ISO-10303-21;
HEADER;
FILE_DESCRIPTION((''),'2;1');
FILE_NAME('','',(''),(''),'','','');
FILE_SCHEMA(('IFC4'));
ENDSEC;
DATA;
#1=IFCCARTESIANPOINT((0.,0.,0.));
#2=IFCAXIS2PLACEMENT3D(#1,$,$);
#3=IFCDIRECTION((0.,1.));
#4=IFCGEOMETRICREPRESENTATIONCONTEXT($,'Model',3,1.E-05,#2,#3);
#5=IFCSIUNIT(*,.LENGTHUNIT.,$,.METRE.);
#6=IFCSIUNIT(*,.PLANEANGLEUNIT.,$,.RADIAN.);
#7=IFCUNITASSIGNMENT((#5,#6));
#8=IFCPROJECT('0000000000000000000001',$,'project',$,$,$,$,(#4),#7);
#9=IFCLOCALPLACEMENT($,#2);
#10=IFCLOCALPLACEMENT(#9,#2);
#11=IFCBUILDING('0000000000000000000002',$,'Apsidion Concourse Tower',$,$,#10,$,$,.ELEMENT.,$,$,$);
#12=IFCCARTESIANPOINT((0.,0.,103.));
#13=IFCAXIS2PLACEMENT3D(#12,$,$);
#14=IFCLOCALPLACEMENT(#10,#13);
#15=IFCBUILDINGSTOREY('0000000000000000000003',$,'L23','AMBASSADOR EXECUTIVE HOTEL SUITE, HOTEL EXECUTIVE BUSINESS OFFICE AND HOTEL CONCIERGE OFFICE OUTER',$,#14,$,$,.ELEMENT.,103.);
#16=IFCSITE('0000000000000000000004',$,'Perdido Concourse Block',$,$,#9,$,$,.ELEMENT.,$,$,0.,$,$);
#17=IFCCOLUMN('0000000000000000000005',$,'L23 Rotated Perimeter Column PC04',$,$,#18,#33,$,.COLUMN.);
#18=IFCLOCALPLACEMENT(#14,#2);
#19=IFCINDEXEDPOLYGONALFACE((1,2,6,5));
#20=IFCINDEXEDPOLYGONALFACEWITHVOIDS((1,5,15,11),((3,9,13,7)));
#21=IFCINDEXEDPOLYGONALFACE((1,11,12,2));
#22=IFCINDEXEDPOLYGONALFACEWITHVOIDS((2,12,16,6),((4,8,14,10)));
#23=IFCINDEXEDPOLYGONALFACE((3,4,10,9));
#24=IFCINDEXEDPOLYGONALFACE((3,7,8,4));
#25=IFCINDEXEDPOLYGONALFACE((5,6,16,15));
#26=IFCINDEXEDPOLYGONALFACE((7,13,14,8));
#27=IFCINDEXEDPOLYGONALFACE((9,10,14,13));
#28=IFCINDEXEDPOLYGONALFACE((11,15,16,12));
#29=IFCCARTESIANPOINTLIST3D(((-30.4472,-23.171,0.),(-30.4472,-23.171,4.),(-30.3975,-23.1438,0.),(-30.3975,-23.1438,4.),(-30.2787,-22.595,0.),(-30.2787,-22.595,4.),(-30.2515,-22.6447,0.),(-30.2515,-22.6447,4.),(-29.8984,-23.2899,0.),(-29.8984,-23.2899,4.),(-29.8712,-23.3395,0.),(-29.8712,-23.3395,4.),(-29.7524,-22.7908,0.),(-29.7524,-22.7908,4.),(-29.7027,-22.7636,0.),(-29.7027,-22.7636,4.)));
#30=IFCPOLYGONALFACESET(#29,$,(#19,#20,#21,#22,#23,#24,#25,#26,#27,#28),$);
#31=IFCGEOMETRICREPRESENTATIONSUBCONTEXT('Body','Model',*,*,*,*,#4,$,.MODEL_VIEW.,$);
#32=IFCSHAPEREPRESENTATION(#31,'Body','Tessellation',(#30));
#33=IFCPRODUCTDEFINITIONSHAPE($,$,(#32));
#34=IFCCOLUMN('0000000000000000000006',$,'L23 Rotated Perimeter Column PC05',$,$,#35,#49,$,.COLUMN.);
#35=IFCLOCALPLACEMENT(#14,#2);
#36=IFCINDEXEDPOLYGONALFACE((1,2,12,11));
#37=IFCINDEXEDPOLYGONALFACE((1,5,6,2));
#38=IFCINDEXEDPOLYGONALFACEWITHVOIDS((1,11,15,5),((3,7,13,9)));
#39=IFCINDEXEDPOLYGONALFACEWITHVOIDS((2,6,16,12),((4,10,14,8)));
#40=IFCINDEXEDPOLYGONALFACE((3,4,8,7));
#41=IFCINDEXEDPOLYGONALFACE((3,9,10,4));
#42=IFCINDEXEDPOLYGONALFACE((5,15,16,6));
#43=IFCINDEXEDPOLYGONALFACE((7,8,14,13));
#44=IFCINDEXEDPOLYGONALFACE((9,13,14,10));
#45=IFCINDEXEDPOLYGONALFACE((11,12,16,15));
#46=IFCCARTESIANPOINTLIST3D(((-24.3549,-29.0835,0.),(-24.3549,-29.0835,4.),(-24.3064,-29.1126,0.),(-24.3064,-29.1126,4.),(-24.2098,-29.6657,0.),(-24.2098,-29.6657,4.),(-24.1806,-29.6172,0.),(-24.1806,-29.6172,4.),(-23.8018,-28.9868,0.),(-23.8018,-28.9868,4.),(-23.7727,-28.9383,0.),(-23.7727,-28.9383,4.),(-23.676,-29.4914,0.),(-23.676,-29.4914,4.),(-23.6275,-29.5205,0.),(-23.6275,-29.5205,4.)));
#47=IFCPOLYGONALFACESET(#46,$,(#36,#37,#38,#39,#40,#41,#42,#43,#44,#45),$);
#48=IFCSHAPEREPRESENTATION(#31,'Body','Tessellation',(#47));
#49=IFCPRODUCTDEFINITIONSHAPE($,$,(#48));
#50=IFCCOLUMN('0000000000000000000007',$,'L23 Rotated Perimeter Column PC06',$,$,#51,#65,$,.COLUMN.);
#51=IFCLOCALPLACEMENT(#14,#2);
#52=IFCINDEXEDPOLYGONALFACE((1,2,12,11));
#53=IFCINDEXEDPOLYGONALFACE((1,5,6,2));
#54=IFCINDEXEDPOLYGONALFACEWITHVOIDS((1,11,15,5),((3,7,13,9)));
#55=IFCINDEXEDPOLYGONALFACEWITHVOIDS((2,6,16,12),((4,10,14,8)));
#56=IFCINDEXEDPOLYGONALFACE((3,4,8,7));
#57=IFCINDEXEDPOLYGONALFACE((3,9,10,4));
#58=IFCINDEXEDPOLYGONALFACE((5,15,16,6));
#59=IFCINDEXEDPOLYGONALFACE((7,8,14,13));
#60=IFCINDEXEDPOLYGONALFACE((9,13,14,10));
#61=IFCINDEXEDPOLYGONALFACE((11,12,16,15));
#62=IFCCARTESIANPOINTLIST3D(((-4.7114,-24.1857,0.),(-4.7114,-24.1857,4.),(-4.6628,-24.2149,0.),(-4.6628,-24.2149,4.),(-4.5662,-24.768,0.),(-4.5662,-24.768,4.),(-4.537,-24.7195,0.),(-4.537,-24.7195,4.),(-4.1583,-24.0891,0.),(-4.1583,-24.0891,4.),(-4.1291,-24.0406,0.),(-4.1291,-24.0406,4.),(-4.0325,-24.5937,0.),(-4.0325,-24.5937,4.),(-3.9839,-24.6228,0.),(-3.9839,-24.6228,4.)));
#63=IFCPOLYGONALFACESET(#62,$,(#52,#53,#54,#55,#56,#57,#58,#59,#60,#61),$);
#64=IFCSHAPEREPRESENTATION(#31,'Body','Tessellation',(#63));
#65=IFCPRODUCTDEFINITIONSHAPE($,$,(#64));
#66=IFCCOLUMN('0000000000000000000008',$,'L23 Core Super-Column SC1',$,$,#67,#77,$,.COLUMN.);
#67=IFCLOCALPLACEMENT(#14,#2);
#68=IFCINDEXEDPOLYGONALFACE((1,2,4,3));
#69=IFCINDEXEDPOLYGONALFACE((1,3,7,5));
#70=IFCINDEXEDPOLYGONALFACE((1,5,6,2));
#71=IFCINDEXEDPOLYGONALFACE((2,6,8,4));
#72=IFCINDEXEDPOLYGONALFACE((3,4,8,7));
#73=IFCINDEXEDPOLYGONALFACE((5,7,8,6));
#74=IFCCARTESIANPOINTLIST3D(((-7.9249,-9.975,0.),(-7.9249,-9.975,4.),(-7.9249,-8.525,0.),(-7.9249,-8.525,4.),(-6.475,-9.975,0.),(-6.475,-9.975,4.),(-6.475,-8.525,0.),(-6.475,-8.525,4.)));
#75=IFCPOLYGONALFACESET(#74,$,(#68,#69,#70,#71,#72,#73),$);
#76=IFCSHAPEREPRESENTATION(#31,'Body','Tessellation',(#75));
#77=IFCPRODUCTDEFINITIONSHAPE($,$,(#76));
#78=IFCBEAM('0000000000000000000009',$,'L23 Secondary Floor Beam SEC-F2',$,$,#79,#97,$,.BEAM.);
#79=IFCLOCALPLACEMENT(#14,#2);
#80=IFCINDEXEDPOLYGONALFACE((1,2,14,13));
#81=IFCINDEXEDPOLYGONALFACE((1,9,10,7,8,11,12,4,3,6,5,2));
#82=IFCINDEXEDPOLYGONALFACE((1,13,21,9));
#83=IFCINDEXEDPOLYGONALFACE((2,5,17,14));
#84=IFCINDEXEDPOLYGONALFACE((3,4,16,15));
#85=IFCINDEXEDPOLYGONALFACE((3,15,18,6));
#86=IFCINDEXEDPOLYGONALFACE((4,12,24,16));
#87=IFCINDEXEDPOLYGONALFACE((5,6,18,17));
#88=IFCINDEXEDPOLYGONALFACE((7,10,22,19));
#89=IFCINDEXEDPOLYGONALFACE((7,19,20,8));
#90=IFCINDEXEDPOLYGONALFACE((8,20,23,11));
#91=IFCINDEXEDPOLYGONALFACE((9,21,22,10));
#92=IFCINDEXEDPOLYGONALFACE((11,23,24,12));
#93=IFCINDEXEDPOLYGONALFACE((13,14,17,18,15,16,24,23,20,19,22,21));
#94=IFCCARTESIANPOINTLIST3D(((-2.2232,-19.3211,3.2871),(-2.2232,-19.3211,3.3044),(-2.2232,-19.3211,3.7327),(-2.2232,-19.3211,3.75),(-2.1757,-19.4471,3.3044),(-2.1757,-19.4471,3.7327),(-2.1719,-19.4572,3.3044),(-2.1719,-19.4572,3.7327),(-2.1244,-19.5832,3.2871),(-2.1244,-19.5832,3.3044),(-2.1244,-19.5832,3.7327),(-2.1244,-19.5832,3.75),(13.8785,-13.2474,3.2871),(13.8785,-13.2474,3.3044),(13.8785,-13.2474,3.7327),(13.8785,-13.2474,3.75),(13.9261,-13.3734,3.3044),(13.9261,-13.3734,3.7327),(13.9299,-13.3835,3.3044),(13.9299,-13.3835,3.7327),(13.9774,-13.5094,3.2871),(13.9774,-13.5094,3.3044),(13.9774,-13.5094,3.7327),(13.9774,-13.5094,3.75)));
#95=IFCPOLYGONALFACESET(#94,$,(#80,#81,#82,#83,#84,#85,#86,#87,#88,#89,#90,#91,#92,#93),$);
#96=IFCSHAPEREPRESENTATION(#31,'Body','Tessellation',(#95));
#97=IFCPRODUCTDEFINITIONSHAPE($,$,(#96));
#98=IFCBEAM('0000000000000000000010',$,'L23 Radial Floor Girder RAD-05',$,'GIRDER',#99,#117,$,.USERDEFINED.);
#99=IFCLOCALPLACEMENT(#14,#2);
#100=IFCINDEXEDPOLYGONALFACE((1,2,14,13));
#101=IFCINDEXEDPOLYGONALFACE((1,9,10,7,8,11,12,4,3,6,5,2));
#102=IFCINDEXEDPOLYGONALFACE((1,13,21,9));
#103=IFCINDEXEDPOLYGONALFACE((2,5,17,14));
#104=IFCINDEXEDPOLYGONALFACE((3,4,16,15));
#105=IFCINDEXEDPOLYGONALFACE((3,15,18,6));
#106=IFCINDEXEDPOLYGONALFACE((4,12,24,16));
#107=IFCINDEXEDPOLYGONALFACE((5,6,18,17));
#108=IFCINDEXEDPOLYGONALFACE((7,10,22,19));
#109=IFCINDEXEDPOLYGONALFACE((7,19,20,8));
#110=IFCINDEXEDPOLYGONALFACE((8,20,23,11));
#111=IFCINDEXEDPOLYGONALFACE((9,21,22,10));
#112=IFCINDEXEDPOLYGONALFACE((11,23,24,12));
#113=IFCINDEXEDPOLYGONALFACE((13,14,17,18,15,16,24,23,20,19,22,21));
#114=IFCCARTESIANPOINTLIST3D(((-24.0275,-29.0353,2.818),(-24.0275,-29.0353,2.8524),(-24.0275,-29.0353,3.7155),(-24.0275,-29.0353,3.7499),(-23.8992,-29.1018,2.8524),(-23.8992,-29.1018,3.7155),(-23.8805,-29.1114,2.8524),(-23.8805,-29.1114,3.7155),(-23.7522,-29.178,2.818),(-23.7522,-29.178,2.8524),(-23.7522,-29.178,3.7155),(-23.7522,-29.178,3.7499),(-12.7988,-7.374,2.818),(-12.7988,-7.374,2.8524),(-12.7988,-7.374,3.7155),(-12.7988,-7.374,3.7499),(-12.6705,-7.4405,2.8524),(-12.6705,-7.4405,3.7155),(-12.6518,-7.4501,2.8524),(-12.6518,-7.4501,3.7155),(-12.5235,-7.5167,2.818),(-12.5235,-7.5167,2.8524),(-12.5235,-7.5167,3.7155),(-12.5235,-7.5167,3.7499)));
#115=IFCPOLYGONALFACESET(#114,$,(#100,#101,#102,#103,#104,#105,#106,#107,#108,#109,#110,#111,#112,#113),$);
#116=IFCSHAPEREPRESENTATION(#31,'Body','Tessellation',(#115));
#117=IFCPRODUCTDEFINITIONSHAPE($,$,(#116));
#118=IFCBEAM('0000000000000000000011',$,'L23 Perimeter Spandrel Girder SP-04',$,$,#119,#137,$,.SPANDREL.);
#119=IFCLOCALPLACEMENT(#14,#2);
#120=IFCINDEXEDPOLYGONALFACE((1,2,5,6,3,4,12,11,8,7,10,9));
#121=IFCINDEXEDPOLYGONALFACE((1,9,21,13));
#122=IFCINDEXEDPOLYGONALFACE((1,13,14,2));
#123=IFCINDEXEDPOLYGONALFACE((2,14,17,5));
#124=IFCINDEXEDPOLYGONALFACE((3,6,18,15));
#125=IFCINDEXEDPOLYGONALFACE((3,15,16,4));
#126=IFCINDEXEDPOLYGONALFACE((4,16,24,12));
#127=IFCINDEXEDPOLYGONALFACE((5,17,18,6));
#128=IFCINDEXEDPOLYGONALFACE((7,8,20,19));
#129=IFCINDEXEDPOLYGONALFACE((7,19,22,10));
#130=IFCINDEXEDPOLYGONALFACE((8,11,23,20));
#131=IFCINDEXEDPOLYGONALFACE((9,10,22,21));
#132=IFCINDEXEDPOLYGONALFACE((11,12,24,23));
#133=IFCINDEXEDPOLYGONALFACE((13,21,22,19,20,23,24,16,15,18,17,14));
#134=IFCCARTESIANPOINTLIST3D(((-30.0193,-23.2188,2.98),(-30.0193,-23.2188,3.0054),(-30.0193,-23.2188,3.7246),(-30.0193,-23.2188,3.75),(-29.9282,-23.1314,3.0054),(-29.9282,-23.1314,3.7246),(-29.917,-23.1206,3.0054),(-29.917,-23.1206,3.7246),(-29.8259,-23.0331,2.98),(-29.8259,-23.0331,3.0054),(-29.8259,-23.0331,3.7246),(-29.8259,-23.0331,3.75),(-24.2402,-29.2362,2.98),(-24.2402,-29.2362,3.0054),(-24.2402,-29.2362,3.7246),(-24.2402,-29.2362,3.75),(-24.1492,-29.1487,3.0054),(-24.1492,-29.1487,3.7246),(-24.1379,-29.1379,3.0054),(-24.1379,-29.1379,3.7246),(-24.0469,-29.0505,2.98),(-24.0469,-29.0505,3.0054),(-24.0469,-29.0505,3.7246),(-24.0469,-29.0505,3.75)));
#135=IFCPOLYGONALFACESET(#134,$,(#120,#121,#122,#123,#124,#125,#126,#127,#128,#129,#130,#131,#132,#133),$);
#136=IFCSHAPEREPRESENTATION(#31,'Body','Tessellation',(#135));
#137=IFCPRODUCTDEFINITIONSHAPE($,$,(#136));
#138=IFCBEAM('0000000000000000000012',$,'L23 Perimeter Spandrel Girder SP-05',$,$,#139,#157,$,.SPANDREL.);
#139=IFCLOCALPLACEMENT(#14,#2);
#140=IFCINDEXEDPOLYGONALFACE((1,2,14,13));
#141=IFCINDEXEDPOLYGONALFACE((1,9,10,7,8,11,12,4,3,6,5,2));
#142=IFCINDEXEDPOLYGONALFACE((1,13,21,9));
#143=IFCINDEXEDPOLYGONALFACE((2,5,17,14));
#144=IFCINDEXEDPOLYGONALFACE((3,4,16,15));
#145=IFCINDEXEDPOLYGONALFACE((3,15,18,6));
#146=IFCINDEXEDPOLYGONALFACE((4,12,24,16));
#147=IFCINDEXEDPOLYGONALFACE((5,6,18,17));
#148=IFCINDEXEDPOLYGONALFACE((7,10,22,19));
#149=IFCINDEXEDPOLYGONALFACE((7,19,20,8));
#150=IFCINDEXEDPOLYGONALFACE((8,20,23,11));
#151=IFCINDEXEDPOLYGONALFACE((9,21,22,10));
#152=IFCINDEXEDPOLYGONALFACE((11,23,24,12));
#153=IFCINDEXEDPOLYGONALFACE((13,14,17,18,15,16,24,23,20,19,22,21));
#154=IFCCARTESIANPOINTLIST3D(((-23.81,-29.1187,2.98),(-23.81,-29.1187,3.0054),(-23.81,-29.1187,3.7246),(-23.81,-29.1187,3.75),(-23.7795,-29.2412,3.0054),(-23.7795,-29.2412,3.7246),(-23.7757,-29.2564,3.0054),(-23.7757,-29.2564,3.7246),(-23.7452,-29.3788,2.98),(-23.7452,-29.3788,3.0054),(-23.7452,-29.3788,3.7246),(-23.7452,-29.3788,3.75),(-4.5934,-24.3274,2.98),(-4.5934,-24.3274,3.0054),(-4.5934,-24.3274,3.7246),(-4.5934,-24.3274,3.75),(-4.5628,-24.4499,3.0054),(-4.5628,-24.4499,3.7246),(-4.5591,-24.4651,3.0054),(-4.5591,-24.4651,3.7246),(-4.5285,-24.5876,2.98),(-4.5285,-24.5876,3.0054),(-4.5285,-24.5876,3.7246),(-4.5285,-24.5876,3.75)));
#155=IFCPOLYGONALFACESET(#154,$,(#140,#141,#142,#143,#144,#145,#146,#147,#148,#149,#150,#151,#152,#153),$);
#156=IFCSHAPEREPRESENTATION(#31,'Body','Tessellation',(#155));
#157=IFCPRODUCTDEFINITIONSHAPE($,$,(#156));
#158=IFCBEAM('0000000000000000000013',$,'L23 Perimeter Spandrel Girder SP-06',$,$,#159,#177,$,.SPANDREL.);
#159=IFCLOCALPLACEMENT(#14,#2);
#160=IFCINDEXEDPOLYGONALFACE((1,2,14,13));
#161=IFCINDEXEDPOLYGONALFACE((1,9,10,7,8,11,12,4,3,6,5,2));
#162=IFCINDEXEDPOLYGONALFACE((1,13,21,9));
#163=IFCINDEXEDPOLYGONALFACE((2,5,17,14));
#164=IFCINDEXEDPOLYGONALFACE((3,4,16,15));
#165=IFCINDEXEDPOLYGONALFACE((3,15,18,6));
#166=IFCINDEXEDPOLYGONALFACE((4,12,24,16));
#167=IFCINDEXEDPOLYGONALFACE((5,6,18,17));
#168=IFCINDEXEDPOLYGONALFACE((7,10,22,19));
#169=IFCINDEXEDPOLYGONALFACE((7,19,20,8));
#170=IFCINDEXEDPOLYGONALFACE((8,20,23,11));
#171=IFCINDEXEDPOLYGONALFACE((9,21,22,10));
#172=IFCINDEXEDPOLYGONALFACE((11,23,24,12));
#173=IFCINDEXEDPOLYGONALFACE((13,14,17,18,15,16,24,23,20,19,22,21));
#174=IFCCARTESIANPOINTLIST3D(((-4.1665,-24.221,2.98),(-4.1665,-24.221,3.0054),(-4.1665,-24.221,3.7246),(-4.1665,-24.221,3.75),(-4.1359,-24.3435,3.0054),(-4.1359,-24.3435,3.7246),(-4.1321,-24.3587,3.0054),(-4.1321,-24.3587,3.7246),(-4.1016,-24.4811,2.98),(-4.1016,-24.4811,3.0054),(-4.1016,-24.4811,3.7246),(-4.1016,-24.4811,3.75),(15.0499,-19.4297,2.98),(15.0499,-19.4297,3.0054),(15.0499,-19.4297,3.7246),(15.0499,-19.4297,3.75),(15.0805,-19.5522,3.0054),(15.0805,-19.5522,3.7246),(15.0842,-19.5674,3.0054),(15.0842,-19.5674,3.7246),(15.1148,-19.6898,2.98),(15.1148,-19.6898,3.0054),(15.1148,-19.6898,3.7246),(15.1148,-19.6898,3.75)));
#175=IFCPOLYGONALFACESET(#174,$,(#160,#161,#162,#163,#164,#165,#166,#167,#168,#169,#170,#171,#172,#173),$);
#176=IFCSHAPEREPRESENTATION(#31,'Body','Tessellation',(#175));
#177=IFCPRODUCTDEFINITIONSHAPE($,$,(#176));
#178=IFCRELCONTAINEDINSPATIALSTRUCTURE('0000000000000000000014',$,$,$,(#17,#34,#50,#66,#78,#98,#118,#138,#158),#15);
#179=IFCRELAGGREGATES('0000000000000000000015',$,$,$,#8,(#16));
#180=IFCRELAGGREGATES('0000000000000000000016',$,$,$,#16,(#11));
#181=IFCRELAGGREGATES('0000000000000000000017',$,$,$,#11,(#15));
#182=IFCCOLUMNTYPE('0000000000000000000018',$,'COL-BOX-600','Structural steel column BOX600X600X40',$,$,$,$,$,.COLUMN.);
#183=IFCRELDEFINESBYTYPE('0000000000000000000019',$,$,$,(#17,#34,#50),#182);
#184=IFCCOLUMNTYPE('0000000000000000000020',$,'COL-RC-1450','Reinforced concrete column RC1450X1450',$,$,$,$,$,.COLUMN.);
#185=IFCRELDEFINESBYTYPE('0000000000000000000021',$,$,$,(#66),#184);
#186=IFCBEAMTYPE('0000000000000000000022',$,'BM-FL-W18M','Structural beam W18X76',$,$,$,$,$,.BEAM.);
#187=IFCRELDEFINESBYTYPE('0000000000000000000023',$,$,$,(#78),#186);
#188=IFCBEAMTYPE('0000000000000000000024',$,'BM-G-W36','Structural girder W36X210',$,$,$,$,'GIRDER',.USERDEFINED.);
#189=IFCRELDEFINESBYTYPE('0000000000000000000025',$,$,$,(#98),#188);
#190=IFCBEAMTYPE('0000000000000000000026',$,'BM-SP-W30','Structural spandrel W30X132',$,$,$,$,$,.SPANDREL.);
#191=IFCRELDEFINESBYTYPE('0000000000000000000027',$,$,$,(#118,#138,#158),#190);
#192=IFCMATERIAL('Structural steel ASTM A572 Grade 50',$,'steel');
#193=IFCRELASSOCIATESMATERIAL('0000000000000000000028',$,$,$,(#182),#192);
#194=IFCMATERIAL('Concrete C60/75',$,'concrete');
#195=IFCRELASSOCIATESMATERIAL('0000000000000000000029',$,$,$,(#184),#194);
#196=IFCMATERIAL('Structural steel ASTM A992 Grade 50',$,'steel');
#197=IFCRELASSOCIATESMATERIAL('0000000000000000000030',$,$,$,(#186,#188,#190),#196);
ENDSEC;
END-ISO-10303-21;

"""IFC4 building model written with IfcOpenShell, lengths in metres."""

from ifc_helpers import new_model, si_unit, direction, frame, origin, origin_2d, place, context, subcontext, project, spatial, rectangle, hollow_rectangle, i_section, extrude, material, material_profile, profile_set, type_object, element, save


model = new_model("IFC4")

# Units and contexts
model_context = context("Model", 3, precision=1e-05, world=origin(), true_north=direction((0.0, 1.0)))
body_context = subcontext(model_context, "Body", "Model", "MODEL_VIEW")
ifc_project = project(units=[si_unit("LENGTHUNIT", "METRE"), si_unit("PLANEANGLEUNIT", "RADIAN")], contexts=[model_context])

# Site, building, storey
site_placement = place(None, origin())
site = spatial("IfcSite", under=ifc_project, at=site_placement, Name="Perdido Concourse Block", CompositionType="ELEMENT", RefElevation=0.0)
building_placement = place(site_placement, origin())
building = spatial("IfcBuilding", under=site, at=building_placement, Name="Apsidion Concourse Tower", CompositionType="ELEMENT")
storey_placement = place(building_placement, frame((0.0, 0.0, 103.0)))
storey = spatial("IfcBuildingStorey", under=building, at=storey_placement, Name="L23", Description="AMBASSADOR EXECUTIVE HOTEL SUITE, HOTEL EXECUTIVE BUSINESS OFFICE AND HOTEL CONCIERGE OFFICE OUTER", CompositionType="ELEMENT", Elevation=103.0)

# Columns
ifc_material_1 = material(Name="Structural steel ASTM A572 Grade 50", Category="steel")
ifc_material_profile_1 = material_profile(ifc_material_1, hollow_rectangle(XDim=0.6001, YDim=0.6001, WallThickness=0.04, at=origin_2d()), Name="BOX600X600X40")
ifc_profile_set_1 = profile_set([ifc_material_profile_1], Name="Structural steel ASTM A572 Grade 50")
column_type_1 = type_object("IfcColumnType", Name="COL-BOX-600", Description="Structural steel column BOX600X600X40", PredefinedType="COLUMN", material=ifc_profile_set_1)
for number, where, z_axis, x_axis, name in (
    (1, (-30.075, -22.9673, 0.0), (0.0, 0.0, 1.0), (0.280834, 0.959756, 0.0), "L23 Rotated Perimeter Column PC04"),
    (2, (-23.9912, -29.302, 0.0), (0.0, 0.0, 1.0), (0.970296, 0.241922, 0.0), "L23 Rotated Perimeter Column PC05"),
    (3, (-4.3477, -24.4043, 0.0), (0.0, 0.0, 1.0), (0.970296, 0.241922, 0.0), "L23 Rotated Perimeter Column PC06"),
):
    element("IfcColumn", number, at=place(storey_placement, frame(where, z_axis=z_axis, x_axis=x_axis)), inside=storey, type_object=column_type_1, Name=name, PredefinedType="COLUMN", context=body_context, shape_type="SweptSolid", body=[
        extrude(hollow_rectangle(XDim=0.6001, YDim=0.6001, WallThickness=0.04, at=origin_2d()), origin(), (0.0, 0.0, 1.0), 4.0),
    ])
ifc_material_2 = material(Name="Concrete C60/75", Category="concrete")
ifc_material_profile_2 = material_profile(ifc_material_2, rectangle(XDim=1.45, YDim=1.45, at=origin_2d()), Name="RC 1450x1450")
ifc_profile_set_2 = profile_set([ifc_material_profile_2], Name="Concrete C60/75")
column_type_2 = type_object("IfcColumnType", Name="COL-RC-1450", Description="Reinforced concrete column RC1450X1450", PredefinedType="COLUMN", material=ifc_profile_set_2)
column_placement = place(storey_placement, frame((-7.2, -9.25, 0.0), z_axis=(0.0, 0.0, 1.0), x_axis=(1.0, 0.0, 0.0)))
element("IfcColumn", 4, at=column_placement, inside=storey, type_object=column_type_2, Name="L23 Core Super-Column SC1", PredefinedType="COLUMN", context=body_context, shape_type="SweptSolid", body=[
    extrude(rectangle(XDim=1.45, YDim=1.45, at=origin_2d()), origin(), (0.0, 0.0, 1.0), 4.0),
])

# Beams
ifc_material_3 = material(Name="Structural steel ASTM A992 Grade 50", Category="steel")
ifc_material_profile_3 = material_profile(ifc_material_3, i_section(OverallWidth=0.28, OverallDepth=0.4629, WebThickness=0.0107, FlangeThickness=0.0173, at=origin_2d()), Name="W18X76")
ifc_profile_set_3 = profile_set([ifc_material_profile_3], Name="Structural steel ASTM A992 Grade 50")
beam_type_1 = type_object("IfcBeamType", Name="BM-FL-W18M", Description="Structural beam W18X76", PredefinedType="BEAM", material=ifc_profile_set_3)
beam_1_placement = place(storey_placement, frame((-2.1738, -19.4521, 3.5186), z_axis=(0.935648, 0.352934, 0.0), x_axis=(-0.352934, 0.935648, 0.0)))
element("IfcBeam", 5, at=beam_1_placement, inside=storey, type_object=beam_type_1, Name="L23 Secondary Floor Beam SEC-F2", PredefinedType="BEAM", context=body_context, shape_type="SweptSolid", body=[
    extrude(i_section(OverallWidth=0.28, OverallDepth=0.4629, WebThickness=0.0107, FlangeThickness=0.0173, at=origin_2d()), origin(), (0.0, 0.0, 1.0), 17.2092),
])
ifc_material_profile_4 = material_profile(ifc_material_3, i_section(OverallWidth=0.3101, OverallDepth=0.9319, WebThickness=0.021, FlangeThickness=0.0344, at=origin_2d()), Name="W36X210")
ifc_profile_set_4 = profile_set([ifc_material_profile_4], Name="Structural steel ASTM A992 Grade 50")
beam_type_2 = type_object("IfcBeamType", Name="BM-G-W36", Description="Structural girder W36X210", ElementType="GIRDER", PredefinedType="USERDEFINED", material=ifc_profile_set_4)
beam_2_placement = place(storey_placement, frame((-12.6611, -7.4453, 3.2839), z_axis=(-0.460218, -0.887806, 0.0), x_axis=(0.887806, -0.460218, 0.0)))
element("IfcBeam", 6, at=beam_2_placement, inside=storey, type_object=beam_type_2, Name="L23 Radial Floor Girder RAD-05", ObjectType="GIRDER", PredefinedType="USERDEFINED", context=body_context, shape_type="SweptSolid", body=[
    extrude(i_section(OverallWidth=0.3101, OverallDepth=0.9319, WebThickness=0.021, FlangeThickness=0.0344, at=origin_2d()), origin(), (0.0, 0.0, 1.0), 24.3987),
])
ifc_material_profile_5 = material_profile(ifc_material_3, i_section(OverallWidth=0.2681, OverallDepth=0.77, WebThickness=0.0156, FlangeThickness=0.0254, at=origin_2d()), Name="W30X132")
ifc_profile_set_5 = profile_set([ifc_material_profile_5], Name="Structural steel ASTM A992 Grade 50")
beam_type_3 = type_object("IfcBeamType", Name="BM-SP-W30", Description="Structural spandrel W30X132", PredefinedType="SPANDREL", material=ifc_profile_set_5)
beam_3_placement = place(storey_placement, frame((-29.9226, -23.126, 3.365), z_axis=(0.692682, -0.721243, 0.0), x_axis=(0.721243, 0.692682, 0.0)))
element("IfcBeam", 7, at=beam_3_placement, inside=storey, type_object=beam_type_3, Name="L23 Perimeter Spandrel Girder SP-04", PredefinedType="SPANDREL", context=body_context, shape_type="SweptSolid", body=[
    extrude(i_section(OverallWidth=0.2681, OverallDepth=0.77, WebThickness=0.0156, FlangeThickness=0.0254, at=origin_2d()), origin(), (0.0, 0.0, 1.0), 8.343),
])
beam_4_placement = place(storey_placement, frame((-23.7776, -29.2488, 3.365), z_axis=(0.970295, 0.241924, 0.0), x_axis=(-0.241924, 0.970295, 0.0)))
element("IfcBeam", 8, at=beam_4_placement, inside=storey, type_object=beam_type_3, Name="L23 Perimeter Spandrel Girder SP-05", PredefinedType="SPANDREL", context=body_context, shape_type="SweptSolid", body=[
    extrude(i_section(OverallWidth=0.2681, OverallDepth=0.77, WebThickness=0.0156, FlangeThickness=0.0254, at=origin_2d()), origin(), (0.0, 0.0, 1.0), 19.8049),
])
beam_5_placement = place(storey_placement, frame((-4.134, -24.3511, 3.365), z_axis=(0.970295, 0.241926, 0.0), x_axis=(-0.241926, 0.970295, 0.0)))
element("IfcBeam", 9, at=beam_5_placement, inside=storey, type_object=beam_type_3, Name="L23 Perimeter Spandrel Girder SP-06", PredefinedType="SPANDREL", context=body_context, shape_type="SweptSolid", body=[
    extrude(i_section(OverallWidth=0.2681, OverallDepth=0.77, WebThickness=0.0156, FlangeThickness=0.0254, at=origin_2d()), origin(), (0.0, 0.0, 1.0), 19.8047),
])

save(model, "model.ifc")
